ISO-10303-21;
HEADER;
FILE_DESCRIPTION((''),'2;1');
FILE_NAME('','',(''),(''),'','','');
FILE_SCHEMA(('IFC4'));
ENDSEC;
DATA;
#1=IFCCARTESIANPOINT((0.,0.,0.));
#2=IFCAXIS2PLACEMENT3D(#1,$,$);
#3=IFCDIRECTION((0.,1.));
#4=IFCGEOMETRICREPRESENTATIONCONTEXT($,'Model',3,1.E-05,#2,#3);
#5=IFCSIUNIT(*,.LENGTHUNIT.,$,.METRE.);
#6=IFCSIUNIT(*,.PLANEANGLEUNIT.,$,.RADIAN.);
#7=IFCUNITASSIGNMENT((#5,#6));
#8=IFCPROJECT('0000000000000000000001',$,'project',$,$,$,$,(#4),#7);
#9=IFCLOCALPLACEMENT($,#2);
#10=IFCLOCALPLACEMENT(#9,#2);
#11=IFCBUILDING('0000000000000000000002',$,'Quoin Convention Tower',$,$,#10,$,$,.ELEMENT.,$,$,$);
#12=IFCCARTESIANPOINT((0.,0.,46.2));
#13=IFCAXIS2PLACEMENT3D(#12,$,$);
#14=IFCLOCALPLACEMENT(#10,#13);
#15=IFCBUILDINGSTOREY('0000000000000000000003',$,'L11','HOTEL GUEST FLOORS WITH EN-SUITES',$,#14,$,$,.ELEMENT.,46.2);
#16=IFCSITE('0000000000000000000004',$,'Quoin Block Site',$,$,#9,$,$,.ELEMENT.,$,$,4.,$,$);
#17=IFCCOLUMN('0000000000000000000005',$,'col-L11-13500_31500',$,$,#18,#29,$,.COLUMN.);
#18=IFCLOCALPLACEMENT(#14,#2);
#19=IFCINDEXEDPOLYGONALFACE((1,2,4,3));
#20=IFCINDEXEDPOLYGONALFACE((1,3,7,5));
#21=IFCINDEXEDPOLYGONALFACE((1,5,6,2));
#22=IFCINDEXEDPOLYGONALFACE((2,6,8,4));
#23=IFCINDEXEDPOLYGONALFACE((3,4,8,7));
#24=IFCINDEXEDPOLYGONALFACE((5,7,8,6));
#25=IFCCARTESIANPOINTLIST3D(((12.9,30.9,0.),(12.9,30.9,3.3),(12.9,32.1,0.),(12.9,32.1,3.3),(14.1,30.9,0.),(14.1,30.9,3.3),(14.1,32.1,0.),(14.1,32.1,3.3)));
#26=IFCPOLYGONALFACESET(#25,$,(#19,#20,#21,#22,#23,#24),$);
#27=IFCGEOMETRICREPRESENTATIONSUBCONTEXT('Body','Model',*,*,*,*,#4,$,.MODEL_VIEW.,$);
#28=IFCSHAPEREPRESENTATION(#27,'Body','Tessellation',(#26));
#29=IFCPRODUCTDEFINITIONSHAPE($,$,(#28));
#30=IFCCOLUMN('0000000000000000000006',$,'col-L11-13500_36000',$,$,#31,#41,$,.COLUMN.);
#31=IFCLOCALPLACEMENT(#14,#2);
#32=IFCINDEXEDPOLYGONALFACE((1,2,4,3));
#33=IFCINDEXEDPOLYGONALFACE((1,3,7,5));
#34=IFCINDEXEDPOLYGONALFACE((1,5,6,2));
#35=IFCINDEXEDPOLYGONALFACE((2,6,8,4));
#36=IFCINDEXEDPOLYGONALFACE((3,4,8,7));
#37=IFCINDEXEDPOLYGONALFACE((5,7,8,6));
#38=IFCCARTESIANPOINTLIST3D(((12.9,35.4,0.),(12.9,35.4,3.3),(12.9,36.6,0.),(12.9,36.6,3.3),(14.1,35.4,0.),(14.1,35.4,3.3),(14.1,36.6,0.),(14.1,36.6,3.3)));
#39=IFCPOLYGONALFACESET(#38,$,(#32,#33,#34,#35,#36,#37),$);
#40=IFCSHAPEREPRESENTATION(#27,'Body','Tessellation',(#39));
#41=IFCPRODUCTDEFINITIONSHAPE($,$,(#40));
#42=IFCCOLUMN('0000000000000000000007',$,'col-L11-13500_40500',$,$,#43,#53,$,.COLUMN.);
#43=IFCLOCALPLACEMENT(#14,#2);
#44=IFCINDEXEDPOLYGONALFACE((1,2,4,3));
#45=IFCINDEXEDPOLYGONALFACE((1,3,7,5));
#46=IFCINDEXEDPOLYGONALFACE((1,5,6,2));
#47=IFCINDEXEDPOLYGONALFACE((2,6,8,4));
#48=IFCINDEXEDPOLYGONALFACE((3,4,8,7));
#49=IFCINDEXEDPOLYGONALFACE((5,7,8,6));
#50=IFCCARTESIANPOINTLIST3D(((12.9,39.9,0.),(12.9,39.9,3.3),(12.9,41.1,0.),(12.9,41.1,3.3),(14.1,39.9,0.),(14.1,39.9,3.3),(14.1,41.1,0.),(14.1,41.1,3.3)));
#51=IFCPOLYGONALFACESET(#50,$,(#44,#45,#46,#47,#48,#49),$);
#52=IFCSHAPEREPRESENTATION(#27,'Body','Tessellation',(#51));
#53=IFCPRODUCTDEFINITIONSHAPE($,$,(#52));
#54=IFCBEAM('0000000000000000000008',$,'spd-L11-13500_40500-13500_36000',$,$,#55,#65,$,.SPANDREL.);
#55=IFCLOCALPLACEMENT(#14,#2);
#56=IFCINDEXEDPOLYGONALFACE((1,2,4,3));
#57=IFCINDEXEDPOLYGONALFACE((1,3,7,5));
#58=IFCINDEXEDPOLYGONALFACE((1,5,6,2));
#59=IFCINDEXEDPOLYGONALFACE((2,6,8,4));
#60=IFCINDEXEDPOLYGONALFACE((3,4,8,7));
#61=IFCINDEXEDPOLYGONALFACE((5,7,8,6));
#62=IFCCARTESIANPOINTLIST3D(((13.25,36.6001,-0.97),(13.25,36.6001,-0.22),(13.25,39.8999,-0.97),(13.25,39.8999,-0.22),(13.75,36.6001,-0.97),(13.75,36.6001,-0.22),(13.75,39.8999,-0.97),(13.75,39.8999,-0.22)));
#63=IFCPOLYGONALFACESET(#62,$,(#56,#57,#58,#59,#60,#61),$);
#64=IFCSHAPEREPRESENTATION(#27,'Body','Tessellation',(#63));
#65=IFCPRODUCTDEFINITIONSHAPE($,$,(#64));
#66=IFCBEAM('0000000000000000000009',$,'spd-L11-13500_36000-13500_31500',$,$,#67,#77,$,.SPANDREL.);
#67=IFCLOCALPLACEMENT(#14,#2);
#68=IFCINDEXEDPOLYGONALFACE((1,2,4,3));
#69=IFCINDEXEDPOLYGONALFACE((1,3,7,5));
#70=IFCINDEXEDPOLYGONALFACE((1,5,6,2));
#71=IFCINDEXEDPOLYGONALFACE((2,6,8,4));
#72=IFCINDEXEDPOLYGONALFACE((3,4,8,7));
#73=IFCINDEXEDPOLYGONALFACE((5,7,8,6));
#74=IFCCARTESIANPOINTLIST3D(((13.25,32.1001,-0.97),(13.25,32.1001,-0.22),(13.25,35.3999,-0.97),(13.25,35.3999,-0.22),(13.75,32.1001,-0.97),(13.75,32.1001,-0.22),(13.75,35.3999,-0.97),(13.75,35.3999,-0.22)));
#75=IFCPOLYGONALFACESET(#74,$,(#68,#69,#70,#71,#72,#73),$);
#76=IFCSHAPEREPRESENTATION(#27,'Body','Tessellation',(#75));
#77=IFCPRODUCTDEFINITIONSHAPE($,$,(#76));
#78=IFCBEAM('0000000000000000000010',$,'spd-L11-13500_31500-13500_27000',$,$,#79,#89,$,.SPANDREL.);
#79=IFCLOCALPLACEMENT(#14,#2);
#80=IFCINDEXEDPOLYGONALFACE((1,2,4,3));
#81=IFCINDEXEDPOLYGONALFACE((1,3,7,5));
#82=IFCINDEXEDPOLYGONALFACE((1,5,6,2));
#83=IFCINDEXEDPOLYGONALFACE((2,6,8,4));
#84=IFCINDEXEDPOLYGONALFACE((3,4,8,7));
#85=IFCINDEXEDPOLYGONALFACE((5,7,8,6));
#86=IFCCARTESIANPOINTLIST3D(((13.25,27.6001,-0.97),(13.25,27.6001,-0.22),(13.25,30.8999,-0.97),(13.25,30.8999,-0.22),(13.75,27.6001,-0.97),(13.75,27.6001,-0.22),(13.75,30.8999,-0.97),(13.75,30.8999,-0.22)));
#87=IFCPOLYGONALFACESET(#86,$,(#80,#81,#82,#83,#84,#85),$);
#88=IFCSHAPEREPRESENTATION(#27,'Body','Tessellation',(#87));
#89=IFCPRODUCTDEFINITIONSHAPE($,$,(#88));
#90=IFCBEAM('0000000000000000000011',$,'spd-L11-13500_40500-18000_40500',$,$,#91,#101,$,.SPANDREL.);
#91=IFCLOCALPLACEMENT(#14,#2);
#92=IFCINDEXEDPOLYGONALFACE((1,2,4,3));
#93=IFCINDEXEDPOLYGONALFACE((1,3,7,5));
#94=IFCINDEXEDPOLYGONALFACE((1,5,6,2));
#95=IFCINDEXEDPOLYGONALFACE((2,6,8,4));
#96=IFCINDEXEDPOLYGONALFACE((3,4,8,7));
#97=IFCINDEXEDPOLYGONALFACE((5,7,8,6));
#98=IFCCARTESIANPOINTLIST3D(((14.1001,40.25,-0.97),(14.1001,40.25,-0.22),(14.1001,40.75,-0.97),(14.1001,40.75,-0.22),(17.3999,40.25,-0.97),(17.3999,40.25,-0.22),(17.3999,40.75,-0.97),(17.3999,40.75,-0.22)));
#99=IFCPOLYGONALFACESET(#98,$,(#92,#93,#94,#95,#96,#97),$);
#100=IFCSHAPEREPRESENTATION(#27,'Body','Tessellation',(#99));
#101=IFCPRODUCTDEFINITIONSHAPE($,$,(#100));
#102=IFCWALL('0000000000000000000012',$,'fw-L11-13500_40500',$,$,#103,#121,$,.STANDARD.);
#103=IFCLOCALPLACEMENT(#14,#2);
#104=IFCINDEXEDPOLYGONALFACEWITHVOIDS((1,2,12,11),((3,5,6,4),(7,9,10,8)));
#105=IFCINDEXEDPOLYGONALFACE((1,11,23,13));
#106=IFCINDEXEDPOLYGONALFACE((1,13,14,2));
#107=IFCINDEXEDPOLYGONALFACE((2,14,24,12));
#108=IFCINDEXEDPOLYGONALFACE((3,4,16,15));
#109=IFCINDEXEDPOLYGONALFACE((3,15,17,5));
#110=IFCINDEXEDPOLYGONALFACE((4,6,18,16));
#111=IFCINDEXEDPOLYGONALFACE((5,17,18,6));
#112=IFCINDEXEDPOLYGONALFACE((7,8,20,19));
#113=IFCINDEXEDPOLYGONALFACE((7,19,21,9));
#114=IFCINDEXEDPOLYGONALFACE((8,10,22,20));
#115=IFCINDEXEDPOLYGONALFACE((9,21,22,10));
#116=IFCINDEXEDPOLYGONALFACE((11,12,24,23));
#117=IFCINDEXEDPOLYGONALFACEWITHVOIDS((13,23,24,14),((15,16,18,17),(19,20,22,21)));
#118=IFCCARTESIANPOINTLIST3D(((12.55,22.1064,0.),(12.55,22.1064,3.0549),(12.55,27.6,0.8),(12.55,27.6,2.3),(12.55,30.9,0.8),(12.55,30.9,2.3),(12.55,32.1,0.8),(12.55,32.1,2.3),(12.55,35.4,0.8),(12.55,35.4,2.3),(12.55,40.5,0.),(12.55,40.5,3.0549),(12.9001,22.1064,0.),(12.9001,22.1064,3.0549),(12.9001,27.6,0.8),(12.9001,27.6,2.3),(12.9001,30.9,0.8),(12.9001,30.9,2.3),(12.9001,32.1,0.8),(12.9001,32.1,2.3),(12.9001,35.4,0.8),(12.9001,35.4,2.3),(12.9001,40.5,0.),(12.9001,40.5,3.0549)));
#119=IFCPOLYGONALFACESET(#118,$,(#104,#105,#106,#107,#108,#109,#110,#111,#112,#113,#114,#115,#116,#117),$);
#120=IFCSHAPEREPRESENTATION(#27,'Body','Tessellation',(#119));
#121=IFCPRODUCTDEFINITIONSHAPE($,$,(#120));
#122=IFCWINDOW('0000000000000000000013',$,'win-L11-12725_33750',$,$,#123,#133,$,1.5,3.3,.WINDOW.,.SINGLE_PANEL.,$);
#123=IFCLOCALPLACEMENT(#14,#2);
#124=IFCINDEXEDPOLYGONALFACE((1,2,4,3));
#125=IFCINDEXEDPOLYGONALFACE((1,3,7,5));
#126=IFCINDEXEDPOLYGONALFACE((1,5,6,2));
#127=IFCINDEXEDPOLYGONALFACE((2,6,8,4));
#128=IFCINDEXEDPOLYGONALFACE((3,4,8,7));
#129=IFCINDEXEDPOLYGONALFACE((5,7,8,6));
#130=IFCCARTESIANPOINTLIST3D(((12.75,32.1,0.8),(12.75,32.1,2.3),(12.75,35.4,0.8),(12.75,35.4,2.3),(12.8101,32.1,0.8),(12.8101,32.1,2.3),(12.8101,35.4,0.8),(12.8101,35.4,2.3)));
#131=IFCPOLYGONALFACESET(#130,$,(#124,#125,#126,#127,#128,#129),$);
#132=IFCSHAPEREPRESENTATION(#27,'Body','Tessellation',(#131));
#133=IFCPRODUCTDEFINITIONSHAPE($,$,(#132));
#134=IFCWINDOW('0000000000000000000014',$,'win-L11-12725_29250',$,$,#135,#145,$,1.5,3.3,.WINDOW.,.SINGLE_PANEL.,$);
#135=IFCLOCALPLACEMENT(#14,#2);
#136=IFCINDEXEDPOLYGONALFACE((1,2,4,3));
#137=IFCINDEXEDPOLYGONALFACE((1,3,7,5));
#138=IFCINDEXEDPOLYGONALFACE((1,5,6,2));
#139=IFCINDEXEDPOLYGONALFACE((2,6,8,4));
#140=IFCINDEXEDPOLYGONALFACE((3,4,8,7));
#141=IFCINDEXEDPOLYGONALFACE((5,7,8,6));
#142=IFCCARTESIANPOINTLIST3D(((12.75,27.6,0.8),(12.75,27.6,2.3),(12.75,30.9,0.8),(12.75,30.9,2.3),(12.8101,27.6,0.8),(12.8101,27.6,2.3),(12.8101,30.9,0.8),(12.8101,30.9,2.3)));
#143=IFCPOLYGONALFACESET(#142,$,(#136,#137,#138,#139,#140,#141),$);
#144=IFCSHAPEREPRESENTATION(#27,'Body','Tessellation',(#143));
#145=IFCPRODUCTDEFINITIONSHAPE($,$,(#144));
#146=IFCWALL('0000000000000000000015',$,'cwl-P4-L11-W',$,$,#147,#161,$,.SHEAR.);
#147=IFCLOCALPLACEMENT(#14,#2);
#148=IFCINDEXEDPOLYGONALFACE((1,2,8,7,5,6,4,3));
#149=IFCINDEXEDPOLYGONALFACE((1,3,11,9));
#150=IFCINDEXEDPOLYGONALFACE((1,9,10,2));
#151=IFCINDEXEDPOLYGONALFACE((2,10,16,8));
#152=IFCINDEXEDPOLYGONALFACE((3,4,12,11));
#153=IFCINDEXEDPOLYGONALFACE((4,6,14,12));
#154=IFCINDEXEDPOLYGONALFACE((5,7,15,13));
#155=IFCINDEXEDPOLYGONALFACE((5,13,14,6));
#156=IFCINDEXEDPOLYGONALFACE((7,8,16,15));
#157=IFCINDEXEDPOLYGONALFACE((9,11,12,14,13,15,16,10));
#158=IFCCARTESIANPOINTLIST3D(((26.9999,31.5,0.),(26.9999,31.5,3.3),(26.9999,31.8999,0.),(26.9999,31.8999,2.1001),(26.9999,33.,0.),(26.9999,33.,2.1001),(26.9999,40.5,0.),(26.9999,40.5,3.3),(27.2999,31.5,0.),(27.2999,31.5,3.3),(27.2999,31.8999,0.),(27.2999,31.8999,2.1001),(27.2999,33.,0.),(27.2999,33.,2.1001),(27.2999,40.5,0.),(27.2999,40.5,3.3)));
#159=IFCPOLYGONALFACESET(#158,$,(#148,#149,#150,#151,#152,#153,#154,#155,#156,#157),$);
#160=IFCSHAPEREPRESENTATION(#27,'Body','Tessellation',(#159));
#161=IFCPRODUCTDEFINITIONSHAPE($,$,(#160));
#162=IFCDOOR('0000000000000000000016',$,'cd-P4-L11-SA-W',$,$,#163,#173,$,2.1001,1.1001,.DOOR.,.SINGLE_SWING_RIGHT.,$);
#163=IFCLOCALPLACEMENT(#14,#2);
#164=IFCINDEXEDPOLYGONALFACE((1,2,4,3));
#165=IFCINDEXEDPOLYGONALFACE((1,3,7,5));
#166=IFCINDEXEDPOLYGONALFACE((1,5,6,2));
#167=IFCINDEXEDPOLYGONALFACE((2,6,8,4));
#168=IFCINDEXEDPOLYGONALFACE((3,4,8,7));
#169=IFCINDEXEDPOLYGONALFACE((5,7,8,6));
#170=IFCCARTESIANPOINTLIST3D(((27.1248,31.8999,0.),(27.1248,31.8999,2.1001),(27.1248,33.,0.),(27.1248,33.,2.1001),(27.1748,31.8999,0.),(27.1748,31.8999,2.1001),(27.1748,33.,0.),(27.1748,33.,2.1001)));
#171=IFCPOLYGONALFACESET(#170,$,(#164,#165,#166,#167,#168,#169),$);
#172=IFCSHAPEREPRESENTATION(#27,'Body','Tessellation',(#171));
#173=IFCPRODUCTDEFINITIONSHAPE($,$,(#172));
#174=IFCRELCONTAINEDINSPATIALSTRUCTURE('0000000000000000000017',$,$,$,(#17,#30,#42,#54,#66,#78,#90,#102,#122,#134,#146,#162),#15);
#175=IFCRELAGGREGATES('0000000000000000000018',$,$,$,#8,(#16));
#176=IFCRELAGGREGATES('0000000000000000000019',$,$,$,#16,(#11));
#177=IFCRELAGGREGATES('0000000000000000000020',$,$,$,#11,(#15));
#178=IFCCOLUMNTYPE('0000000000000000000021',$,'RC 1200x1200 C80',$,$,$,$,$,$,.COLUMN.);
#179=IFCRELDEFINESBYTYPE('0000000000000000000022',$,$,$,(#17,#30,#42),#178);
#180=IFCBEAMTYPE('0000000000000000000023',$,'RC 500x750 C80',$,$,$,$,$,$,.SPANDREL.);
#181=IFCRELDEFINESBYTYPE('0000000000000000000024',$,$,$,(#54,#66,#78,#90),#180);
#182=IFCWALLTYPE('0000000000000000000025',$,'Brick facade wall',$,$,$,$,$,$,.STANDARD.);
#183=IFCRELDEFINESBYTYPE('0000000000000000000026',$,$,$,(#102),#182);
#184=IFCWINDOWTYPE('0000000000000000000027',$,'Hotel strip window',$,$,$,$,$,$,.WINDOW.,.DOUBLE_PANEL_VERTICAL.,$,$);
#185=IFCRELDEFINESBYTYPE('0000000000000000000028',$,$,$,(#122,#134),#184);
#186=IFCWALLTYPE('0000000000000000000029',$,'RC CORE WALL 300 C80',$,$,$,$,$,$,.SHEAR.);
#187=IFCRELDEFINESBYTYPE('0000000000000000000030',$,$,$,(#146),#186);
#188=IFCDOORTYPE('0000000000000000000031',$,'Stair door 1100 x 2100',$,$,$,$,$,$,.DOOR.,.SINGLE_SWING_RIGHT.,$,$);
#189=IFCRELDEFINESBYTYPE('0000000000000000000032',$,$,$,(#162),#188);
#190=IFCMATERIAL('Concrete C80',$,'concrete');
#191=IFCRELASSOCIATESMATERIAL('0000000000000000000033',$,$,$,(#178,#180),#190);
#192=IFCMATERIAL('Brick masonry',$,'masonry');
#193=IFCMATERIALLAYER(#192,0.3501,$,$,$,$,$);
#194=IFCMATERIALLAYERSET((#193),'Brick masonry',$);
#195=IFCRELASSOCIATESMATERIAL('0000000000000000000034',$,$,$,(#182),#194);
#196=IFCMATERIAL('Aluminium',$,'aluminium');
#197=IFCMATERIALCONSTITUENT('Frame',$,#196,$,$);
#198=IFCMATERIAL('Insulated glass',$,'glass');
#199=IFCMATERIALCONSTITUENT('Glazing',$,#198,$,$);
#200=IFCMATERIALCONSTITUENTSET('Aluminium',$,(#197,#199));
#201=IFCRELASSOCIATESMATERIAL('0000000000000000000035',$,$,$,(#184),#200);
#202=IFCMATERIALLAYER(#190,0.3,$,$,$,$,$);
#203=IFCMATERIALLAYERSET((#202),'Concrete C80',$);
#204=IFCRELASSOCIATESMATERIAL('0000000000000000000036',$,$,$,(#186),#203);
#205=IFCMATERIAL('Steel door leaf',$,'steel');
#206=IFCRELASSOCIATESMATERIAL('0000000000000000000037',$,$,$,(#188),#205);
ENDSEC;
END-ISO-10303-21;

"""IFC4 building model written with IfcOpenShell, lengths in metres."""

from ifc_helpers import new_model, si_unit, direction, frame, frame_2d, origin, origin_2d, place, context, subcontext, project, spatial, rectangle, extrude, material, layer, layer_set, constituent, constituent_set, material_profile, profile_set, type_object, element, fill, save


model = new_model("IFC4")

# Units and contexts
model_context = context("Model", 3, precision=1e-05, world=origin(), true_north=direction((0.0, 1.0)))
body_context = subcontext(model_context, "Body", "Model", "MODEL_VIEW")
ifc_project = project(units=[si_unit("LENGTHUNIT", "METRE"), si_unit("PLANEANGLEUNIT", "RADIAN")], contexts=[model_context])

# Site, building, storey
site_placement = place(None, origin())
site = spatial("IfcSite", under=ifc_project, at=site_placement, Name="Quoin Block Site", CompositionType="ELEMENT", RefElevation=4.0)
building_placement = place(site_placement, origin())
building = spatial("IfcBuilding", under=site, at=building_placement, Name="Quoin Convention Tower", CompositionType="ELEMENT")
storey_placement = place(building_placement, frame((0.0, 0.0, 46.2)))
storey = spatial("IfcBuildingStorey", under=building, at=storey_placement, Name="L11", Description="HOTEL GUEST FLOORS WITH EN-SUITES", CompositionType="ELEMENT", Elevation=46.2)

# Columns
ifc_material_1 = material(Name="Concrete C80", Category="concrete")
ifc_material_profile_1 = material_profile(ifc_material_1, rectangle(XDim=1.2, YDim=1.2, at=origin_2d()), Name="RC 1200x1200")
ifc_profile_set_1 = profile_set([ifc_material_profile_1], Name="Concrete C80")
column_type = type_object("IfcColumnType", Name="RC 1200x1200 C80", PredefinedType="COLUMN", material=ifc_profile_set_1)
for number, where, z_axis, x_axis, name in (
    (1, (13.5, 31.5, 0.0), (0.0, 0.0, 1.0), (1.0, 0.0, 0.0), "col-L11-13500_31500"),
    (2, (13.5, 36.0, 0.0), (0.0, 0.0, 1.0), (1.0, 0.0, 0.0), "col-L11-13500_36000"),
    (3, (13.5, 40.5, 0.0), (0.0, 0.0, 1.0), (1.0, 0.0, 0.0), "col-L11-13500_40500"),
):
    element("IfcColumn", number, at=place(storey_placement, frame(where, z_axis=z_axis, x_axis=x_axis)), inside=storey, type_object=column_type, Name=name, PredefinedType="COLUMN", context=body_context, shape_type="SweptSolid", body=[
        extrude(rectangle(XDim=1.2, YDim=1.2, at=origin_2d()), origin(), (0.0, 0.0, 1.0), 3.3),
    ])

# Beams
ifc_material_profile_2 = material_profile(ifc_material_1, rectangle(XDim=0.5, YDim=0.75, at=origin_2d()), Name="RC 500x750")
ifc_profile_set_2 = profile_set([ifc_material_profile_2], Name="Concrete C80")
beam_type = type_object("IfcBeamType", Name="RC 500x750 C80", PredefinedType="SPANDREL", material=ifc_profile_set_2)
for number, where, z_axis, x_axis, name in (
    (4, (13.5, 39.8999, -0.595), (0.0, -1.0, 0.0), (1.0, 0.0, 0.0), "spd-L11-13500_40500-13500_36000"),
    (5, (13.5, 35.3999, -0.595), (0.0, -1.0, 0.0), (1.0, 0.0, 0.0), "spd-L11-13500_36000-13500_31500"),
    (6, (13.5, 30.8999, -0.595), (0.0, -1.0, 0.0), (1.0, 0.0, 0.0), "spd-L11-13500_31500-13500_27000"),
    (7, (14.1001, 40.5, -0.595), (1.0, 0.0, 0.0), (0.0, 1.0, 0.0), "spd-L11-13500_40500-18000_40500"),
):
    element("IfcBeam", number, at=place(storey_placement, frame(where, z_axis=z_axis, x_axis=x_axis)), inside=storey, type_object=beam_type, Name=name, PredefinedType="SPANDREL", context=body_context, shape_type="SweptSolid", body=[
        extrude(rectangle(XDim=0.5, YDim=0.75, at=origin_2d()), origin(), (0.0, 0.0, 1.0), 3.2998),
    ])

# Wall, openings, windows
ifc_material_2 = material(Name="Brick masonry", Category="masonry")
ifc_layer_1 = layer(ifc_material_2, 0.3501)
ifc_layer_set_1 = layer_set([ifc_layer_1], Name="Brick masonry")
wall_type_1 = type_object("IfcWallType", Name="Brick facade wall", PredefinedType="STANDARD", material=ifc_layer_set_1)
wall_1_placement = place(storey_placement, frame((12.7251, 40.5, 0.0), z_axis=(0.0, 0.0, 1.0), x_axis=(0.0, -1.0, 0.0)))
wall_1 = element("IfcWall", 8, at=wall_1_placement, inside=storey, type_object=wall_type_1, Name="fw-L11-13500_40500", PredefinedType="STANDARD", context=body_context, shape_type="SweptSolid", body=[
    extrude(rectangle(XDim=18.3936, YDim=0.3501, at=frame_2d((9.1968, 0.0))), origin(), (0.0, 0.0, 1.0), 3.0549),
])
opening_1_placement = place(wall_1_placement, frame((5.1001, 0.0, 0.8)))
opening_1 = element("IfcOpeningElement", 9, at=opening_1_placement, cuts=wall_1, PredefinedType="OPENING", context=body_context, shape_type="SweptSolid", body=[
    extrude(rectangle(XDim=3.3, YDim=1.5, at=frame_2d((1.6499, 0.75))), frame((0.0, 0.1851, 0.0), z_axis=(0.0, -1.0, 0.0), x_axis=(1.0, 0.0, 0.0)), (0.0, 0.0, 1.0), 0.3701),
])
opening_2_placement = place(wall_1_placement, frame((9.6001, 0.0, 0.8)))
opening_2 = element("IfcOpeningElement", 10, at=opening_2_placement, cuts=wall_1, PredefinedType="OPENING", context=body_context, shape_type="SweptSolid", body=[
    extrude(rectangle(XDim=3.3, YDim=1.5, at=frame_2d((1.6499, 0.75))), frame((0.0, 0.1851, 0.0), z_axis=(0.0, -1.0, 0.0), x_axis=(1.0, 0.0, 0.0)), (0.0, 0.0, 1.0), 0.3701),
])
ifc_material_3 = material(Name="Aluminium", Category="aluminium")
ifc_constituent_1 = constituent(ifc_material_3, Name="Frame")
ifc_material_4 = material(Name="Insulated glass", Category="glass")
ifc_constituent_2 = constituent(ifc_material_4, Name="Glazing")
ifc_constituent_set = constituent_set(constituents=[ifc_constituent_1, ifc_constituent_2], Name="Aluminium")
window_type = type_object("IfcWindowType", Name="Hotel strip window", PartitioningType="DOUBLE_PANEL_VERTICAL", PredefinedType="WINDOW", material=ifc_constituent_set)
window_1_placement = place(opening_1_placement, origin())
window_1 = element("IfcWindow", 11, at=window_1_placement, inside=storey, type_object=window_type, Name="win-L11-12725_33750", OverallHeight=1.5, OverallWidth=3.3, PartitioningType="SINGLE_PANEL", PredefinedType="WINDOW", context=body_context, shape_type="SweptSolid", body=[
    extrude(rectangle(XDim=3.3, YDim=1.5, at=frame_2d((1.6499, 0.75))), frame((0.0, 0.085, 0.0), z_axis=(0.0, -1.0, 0.0), x_axis=(1.0, 0.0, 0.0)), (0.0, 0.0, 1.0), 0.0601),
])
fill(opening_1, window_1)
window_2_placement = place(opening_2_placement, origin())
window_2 = element("IfcWindow", 12, at=window_2_placement, inside=storey, type_object=window_type, Name="win-L11-12725_29250", OverallHeight=1.5, OverallWidth=3.3, PartitioningType="SINGLE_PANEL", PredefinedType="WINDOW", context=body_context, shape_type="SweptSolid", body=[
    extrude(rectangle(XDim=3.3, YDim=1.5, at=frame_2d((1.6499, 0.75))), frame((0.0, 0.085, 0.0), z_axis=(0.0, -1.0, 0.0), x_axis=(1.0, 0.0, 0.0)), (0.0, 0.0, 1.0), 0.0601),
])
fill(opening_2, window_2)

# Wall, opening, door
ifc_layer_2 = layer(ifc_material_1, 0.3)
ifc_layer_set_2 = layer_set([ifc_layer_2], Name="Concrete C80")
wall_type_2 = type_object("IfcWallType", Name="RC CORE WALL 300 C80", PredefinedType="SHEAR", material=ifc_layer_set_2)
wall_2_placement = place(storey_placement, frame((27.1499, 31.5, 0.0), z_axis=(0.0, 0.0, 1.0), x_axis=(0.0, 1.0, 0.0)))
wall_2 = element("IfcWall", 13, at=wall_2_placement, inside=storey, type_object=wall_type_2, Name="cwl-P4-L11-W", PredefinedType="SHEAR", context=body_context, shape_type="SweptSolid", body=[
    extrude(rectangle(XDim=9.0, YDim=0.3, at=frame_2d((4.5, 0.0))), origin(), (0.0, 0.0, 1.0), 3.3),
])
opening_3_placement = place(wall_2_placement, frame((0.3999, 0.0, 0.0)))
opening_3 = element("IfcOpeningElement", 14, at=opening_3_placement, cuts=wall_2, PredefinedType="OPENING", context=body_context, shape_type="SweptSolid", body=[
    extrude(rectangle(XDim=1.1001, YDim=2.1001, at=frame_2d((0.55, 1.05))), frame((0.0, 0.1599, 0.0), z_axis=(0.0, -1.0, 0.0), x_axis=(1.0, 0.0, 0.0)), (0.0, 0.0, 1.0), 0.3201),
])
ifc_material_5 = material(Name="Steel door leaf", Category="steel")
door_type_1 = type_object("IfcDoorType", Name="Stair door 1100 x 2100", OperationType="SINGLE_SWING_RIGHT", PredefinedType="DOOR", material=ifc_material_5)
door_1_placement = place(opening_3_placement, frame((1.1001, 0.0, 0.0), z_axis=(0.0, 0.0, 1.0), x_axis=(-1.0, 0.0, 0.0)))
door_1 = element("IfcDoor", 15, at=door_1_placement, inside=storey, type_object=door_type_1, Name="cd-P4-L11-SA-W", OperationType="SINGLE_SWING_RIGHT", OverallHeight=2.1001, OverallWidth=1.1001, PredefinedType="DOOR", context=body_context, shape_type="SweptSolid", body=[
    extrude(rectangle(XDim=1.1001, YDim=2.1001, at=frame_2d((0.55, 1.05))), frame((0.0, 0.0249, 0.0), z_axis=(0.0, -1.0, 0.0), x_axis=(1.0, 0.0, 0.0)), (0.0, 0.0, 1.0), 0.05),
])
fill(opening_3, door_1)

save(model, "model.ifc")
